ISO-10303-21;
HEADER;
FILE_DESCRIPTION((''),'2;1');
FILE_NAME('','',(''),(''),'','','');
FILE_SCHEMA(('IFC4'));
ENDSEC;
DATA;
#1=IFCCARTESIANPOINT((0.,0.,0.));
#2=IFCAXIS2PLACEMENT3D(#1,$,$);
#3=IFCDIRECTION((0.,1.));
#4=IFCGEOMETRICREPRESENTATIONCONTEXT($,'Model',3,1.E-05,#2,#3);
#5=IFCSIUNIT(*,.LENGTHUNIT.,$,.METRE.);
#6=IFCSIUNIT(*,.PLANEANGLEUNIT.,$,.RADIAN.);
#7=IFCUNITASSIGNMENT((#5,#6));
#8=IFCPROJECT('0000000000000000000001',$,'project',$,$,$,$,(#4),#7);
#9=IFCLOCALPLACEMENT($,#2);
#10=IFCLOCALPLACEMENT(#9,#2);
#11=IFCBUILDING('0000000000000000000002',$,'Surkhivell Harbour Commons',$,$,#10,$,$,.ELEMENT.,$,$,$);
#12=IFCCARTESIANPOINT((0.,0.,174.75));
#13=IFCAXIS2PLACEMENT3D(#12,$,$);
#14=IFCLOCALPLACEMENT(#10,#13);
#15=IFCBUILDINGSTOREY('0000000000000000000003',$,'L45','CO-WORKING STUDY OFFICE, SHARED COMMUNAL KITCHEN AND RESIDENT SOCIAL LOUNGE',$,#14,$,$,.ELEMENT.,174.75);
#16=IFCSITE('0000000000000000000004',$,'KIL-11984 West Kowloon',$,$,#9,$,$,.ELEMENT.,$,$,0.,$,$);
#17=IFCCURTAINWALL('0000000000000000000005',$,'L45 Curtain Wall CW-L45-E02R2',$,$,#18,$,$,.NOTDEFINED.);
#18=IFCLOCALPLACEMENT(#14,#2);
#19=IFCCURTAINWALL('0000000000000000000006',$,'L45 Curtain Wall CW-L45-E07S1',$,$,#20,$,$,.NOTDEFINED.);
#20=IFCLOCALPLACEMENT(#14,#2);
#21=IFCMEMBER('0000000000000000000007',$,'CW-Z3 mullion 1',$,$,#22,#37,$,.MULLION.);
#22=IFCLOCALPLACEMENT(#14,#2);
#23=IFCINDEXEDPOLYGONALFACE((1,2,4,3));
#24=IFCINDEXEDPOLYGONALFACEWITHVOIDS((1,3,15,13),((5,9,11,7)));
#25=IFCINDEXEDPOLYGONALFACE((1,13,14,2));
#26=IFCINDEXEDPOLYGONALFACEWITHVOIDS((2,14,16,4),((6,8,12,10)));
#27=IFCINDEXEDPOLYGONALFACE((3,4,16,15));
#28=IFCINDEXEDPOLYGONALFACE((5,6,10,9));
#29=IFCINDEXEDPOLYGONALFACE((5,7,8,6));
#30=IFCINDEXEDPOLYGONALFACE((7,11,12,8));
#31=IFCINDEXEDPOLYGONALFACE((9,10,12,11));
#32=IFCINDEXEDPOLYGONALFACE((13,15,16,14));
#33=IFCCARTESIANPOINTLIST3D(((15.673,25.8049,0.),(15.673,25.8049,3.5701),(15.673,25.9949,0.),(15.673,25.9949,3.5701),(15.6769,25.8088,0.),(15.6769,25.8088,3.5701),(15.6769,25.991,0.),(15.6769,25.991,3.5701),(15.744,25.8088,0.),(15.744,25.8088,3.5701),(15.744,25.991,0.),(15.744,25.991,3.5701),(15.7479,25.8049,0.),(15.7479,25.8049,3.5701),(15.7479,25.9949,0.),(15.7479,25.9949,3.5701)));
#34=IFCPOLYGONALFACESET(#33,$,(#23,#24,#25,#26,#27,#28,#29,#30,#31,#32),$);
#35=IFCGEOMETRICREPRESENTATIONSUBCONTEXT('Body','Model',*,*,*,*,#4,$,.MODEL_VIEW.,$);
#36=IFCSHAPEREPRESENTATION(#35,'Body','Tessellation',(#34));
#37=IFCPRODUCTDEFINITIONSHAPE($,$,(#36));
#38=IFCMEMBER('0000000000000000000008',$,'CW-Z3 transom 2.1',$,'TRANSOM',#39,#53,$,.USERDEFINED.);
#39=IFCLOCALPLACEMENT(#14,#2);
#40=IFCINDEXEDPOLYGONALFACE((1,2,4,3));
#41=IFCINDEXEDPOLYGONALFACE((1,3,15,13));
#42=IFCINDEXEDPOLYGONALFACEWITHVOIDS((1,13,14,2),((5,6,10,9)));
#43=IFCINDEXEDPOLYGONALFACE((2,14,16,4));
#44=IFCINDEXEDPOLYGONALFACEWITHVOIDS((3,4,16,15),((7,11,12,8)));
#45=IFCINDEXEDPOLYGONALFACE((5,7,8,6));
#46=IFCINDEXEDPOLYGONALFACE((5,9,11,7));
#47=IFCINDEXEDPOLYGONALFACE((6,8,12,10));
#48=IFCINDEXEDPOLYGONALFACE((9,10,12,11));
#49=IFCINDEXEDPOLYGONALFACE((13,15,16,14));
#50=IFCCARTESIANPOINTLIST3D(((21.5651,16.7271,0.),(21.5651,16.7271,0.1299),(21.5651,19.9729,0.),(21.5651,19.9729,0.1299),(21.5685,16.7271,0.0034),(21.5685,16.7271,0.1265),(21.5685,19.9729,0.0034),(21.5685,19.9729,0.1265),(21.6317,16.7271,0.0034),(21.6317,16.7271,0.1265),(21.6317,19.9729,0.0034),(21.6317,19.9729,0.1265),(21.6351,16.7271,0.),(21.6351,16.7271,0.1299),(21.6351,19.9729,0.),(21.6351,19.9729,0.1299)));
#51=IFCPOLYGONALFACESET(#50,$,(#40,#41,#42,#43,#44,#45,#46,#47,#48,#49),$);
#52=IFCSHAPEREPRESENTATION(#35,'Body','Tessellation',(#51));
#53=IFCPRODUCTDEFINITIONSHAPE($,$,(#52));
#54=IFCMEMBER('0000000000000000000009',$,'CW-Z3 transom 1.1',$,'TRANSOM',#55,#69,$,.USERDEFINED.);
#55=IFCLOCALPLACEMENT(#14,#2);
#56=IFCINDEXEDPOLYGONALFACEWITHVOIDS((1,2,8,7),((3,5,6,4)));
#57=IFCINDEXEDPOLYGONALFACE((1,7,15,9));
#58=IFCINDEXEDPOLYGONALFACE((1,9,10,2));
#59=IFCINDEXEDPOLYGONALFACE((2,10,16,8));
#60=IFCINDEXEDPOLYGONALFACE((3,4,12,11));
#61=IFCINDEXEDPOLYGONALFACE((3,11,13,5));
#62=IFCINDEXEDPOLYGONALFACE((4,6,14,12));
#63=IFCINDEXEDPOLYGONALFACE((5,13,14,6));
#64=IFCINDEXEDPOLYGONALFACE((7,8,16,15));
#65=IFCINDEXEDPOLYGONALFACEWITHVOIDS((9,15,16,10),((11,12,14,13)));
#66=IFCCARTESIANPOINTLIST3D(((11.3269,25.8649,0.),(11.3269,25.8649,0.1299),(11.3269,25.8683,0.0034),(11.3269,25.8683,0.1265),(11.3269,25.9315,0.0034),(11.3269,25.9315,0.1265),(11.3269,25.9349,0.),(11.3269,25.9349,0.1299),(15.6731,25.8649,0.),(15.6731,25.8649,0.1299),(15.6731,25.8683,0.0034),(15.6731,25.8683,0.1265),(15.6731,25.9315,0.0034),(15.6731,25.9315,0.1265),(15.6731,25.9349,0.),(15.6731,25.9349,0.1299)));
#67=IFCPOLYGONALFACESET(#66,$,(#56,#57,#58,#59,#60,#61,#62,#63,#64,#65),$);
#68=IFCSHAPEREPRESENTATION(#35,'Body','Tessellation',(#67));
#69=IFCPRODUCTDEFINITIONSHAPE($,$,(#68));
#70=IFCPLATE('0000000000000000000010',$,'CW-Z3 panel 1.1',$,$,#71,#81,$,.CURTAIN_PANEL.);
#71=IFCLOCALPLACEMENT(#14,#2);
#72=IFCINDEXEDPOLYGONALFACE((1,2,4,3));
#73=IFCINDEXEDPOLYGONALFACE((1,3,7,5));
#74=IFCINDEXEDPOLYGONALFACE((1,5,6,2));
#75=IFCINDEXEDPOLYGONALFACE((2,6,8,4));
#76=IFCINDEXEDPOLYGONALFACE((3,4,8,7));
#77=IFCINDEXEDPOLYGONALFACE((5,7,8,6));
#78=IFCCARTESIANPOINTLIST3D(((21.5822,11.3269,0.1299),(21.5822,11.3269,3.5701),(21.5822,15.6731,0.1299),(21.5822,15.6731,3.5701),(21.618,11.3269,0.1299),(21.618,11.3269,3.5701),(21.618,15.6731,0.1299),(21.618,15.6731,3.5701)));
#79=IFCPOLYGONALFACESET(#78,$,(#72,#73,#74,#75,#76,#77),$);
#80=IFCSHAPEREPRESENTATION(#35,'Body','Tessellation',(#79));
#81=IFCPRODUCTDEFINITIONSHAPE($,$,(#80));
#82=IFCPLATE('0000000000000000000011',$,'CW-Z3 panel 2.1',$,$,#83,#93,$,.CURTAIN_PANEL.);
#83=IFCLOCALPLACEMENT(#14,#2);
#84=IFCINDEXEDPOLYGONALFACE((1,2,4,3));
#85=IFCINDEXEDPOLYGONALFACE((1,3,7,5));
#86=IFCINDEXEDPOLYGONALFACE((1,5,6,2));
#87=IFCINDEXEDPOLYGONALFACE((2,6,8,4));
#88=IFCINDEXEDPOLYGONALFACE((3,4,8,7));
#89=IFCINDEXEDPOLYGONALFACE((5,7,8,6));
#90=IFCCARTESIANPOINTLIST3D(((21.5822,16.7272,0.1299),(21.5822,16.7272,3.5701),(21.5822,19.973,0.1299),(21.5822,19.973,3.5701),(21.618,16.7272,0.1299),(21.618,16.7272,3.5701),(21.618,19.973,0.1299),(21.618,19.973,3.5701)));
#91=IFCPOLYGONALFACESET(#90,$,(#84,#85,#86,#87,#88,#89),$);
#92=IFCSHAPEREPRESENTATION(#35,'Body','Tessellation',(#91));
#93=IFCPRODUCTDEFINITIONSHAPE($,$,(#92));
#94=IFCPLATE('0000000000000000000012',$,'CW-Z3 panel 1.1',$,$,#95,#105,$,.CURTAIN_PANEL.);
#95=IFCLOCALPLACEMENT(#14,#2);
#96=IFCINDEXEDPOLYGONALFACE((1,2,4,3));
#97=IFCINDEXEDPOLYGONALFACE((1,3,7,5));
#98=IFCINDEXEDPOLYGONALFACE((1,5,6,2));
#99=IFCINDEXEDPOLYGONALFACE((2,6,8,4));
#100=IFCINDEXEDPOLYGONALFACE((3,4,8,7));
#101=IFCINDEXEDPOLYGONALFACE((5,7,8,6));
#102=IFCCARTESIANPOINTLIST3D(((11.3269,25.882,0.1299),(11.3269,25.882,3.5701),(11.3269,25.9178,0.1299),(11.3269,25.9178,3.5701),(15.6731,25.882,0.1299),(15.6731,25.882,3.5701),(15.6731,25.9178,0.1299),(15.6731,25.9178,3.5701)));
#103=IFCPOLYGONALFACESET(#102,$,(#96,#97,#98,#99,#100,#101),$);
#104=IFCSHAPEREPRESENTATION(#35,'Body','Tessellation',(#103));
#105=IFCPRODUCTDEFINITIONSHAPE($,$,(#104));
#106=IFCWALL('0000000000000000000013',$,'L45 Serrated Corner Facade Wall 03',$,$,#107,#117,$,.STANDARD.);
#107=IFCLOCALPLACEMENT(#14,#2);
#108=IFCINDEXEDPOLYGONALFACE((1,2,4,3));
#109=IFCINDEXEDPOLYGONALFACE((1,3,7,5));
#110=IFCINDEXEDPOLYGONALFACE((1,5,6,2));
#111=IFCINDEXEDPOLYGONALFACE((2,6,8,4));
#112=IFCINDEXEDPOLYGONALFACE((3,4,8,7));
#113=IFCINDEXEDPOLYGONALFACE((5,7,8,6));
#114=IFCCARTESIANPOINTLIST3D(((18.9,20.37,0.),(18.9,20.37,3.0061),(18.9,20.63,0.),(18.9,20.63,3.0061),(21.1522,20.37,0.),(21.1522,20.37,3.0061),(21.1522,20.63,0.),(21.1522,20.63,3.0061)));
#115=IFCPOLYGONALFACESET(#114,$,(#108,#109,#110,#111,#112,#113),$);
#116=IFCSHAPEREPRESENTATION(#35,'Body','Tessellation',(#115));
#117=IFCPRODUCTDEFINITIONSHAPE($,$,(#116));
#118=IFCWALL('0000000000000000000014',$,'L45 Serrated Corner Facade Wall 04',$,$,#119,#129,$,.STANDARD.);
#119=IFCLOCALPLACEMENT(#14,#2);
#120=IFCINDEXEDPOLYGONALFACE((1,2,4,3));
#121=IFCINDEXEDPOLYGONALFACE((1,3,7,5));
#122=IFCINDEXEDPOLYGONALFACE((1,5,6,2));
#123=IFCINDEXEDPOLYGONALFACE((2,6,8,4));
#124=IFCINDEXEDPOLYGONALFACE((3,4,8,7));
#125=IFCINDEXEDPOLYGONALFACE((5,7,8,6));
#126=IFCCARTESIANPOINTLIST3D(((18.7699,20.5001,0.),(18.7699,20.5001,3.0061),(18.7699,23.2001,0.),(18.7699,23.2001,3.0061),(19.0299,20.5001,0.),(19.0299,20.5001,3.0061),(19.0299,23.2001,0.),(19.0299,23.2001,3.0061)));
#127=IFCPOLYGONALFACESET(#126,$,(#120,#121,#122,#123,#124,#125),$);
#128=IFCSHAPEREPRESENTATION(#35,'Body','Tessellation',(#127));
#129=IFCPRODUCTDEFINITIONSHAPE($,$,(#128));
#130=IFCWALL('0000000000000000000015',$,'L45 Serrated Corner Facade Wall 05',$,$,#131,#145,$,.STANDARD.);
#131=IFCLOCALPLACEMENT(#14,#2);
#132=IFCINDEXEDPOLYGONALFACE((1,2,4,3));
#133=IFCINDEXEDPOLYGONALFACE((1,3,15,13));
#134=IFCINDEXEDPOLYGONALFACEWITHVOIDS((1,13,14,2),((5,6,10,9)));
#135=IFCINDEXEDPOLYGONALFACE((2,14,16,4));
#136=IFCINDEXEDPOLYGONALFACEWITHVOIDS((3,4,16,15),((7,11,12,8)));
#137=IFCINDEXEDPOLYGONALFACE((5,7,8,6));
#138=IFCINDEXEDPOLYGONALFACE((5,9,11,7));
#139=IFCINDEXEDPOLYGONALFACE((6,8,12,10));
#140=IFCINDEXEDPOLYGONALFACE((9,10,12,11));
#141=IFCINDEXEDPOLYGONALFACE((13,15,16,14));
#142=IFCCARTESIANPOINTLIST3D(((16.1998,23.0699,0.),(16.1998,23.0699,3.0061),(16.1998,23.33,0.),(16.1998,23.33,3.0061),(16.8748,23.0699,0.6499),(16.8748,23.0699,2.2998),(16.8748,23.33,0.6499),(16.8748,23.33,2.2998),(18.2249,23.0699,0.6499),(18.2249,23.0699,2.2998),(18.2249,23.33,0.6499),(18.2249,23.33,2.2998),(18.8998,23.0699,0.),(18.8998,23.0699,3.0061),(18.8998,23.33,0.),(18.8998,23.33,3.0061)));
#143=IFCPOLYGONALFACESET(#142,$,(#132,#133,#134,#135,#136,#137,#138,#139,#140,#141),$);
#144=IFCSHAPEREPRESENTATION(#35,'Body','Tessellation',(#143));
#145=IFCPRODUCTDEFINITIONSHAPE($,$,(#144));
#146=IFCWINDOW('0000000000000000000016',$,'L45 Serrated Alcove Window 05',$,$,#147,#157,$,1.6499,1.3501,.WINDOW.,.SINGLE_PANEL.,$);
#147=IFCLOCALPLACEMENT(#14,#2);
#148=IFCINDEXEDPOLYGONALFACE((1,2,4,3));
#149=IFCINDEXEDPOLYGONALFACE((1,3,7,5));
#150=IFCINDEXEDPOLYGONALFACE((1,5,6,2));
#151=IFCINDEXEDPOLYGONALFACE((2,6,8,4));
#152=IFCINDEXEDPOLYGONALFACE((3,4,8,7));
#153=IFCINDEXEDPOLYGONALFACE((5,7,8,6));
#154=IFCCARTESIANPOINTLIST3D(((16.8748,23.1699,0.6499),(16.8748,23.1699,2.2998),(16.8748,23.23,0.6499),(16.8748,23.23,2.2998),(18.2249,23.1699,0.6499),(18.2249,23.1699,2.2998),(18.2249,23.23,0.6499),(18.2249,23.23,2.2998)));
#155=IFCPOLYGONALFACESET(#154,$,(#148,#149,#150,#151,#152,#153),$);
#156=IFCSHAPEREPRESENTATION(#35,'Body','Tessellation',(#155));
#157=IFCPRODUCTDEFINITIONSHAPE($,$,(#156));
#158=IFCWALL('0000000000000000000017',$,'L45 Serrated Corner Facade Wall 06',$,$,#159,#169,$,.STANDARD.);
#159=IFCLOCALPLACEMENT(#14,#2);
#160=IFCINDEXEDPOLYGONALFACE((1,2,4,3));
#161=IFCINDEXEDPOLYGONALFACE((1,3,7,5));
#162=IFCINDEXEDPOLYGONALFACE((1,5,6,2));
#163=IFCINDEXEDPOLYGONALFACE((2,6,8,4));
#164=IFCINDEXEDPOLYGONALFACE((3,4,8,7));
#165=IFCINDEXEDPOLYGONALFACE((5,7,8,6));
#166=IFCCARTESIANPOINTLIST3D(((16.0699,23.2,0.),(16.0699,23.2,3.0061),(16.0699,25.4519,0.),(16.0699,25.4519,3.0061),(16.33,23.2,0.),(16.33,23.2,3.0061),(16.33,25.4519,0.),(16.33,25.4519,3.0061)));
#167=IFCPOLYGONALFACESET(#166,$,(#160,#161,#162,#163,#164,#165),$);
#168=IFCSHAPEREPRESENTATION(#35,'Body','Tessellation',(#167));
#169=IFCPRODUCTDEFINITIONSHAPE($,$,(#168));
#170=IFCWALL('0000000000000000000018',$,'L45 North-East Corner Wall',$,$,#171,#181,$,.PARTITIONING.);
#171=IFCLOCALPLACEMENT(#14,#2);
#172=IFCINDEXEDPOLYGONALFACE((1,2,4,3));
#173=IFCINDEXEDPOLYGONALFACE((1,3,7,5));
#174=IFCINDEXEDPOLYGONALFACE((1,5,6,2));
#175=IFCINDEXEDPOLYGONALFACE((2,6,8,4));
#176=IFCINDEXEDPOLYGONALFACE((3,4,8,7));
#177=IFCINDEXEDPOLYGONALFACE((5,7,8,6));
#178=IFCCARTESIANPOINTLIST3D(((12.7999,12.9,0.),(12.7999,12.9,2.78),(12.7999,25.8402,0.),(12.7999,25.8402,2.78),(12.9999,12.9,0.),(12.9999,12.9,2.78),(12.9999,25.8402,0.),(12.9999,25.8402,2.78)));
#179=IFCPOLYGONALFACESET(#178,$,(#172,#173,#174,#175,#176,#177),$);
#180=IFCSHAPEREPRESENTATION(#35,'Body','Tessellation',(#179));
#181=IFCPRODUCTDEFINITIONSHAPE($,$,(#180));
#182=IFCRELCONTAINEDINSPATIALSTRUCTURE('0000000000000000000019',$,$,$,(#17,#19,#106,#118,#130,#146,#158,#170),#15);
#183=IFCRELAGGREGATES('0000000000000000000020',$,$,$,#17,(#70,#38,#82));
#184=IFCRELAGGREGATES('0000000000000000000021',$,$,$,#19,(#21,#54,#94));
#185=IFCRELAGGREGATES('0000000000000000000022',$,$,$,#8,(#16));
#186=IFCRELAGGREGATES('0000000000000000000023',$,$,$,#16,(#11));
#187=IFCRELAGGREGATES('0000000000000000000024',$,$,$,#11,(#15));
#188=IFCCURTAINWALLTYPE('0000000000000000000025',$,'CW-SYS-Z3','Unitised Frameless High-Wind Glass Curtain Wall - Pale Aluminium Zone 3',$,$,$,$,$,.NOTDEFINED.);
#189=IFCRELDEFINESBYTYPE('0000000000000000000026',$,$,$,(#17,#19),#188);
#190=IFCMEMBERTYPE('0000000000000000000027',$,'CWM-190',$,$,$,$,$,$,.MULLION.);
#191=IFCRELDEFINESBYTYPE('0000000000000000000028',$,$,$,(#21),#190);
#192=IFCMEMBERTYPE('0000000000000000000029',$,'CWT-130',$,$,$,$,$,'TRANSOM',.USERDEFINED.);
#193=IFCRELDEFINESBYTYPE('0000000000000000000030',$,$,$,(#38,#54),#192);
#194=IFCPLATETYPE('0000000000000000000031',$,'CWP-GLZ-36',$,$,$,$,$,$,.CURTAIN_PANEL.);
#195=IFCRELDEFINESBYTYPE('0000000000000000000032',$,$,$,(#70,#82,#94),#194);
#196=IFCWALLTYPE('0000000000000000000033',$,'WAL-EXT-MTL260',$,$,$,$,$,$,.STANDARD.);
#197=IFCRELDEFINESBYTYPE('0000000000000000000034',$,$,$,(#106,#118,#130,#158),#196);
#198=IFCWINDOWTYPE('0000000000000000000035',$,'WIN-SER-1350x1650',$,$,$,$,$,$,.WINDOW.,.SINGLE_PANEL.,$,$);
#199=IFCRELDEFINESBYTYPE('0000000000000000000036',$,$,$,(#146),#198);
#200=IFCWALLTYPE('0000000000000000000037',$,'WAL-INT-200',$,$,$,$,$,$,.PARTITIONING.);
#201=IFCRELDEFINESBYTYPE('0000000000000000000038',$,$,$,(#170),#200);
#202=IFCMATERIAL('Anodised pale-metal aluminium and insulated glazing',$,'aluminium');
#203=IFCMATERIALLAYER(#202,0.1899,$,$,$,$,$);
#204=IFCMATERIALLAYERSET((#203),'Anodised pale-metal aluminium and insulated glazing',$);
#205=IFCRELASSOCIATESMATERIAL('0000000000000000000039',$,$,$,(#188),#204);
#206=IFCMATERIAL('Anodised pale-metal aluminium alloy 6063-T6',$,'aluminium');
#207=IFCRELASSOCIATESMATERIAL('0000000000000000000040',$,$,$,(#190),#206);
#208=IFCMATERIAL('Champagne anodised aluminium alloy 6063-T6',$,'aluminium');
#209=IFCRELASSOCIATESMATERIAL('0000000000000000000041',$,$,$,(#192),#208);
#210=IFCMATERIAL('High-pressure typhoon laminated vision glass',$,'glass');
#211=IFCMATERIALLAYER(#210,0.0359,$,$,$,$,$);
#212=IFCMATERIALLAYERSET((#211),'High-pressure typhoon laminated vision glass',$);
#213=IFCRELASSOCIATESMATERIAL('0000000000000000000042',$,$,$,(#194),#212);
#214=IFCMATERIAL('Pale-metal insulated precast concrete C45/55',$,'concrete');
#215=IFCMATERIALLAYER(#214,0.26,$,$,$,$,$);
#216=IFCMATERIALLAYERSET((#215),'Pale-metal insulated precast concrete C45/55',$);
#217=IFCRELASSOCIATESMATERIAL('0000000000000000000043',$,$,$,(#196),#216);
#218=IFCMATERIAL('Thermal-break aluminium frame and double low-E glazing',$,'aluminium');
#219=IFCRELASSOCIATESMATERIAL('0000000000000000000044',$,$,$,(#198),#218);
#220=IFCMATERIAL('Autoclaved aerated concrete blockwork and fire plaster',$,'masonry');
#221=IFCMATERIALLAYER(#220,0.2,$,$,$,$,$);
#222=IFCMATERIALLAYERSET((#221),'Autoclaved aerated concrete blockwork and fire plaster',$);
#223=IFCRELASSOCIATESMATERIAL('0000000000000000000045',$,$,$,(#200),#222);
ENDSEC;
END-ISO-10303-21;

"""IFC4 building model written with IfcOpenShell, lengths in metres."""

from ifc_helpers import new_model, si_unit, direction, frame, frame_2d, origin, origin_2d, place, context, subcontext, project, spatial, rectangle, hollow_rectangle, extrude, material, layer, layer_set, material_profile, profile_set, type_object, element, fill, aggregate, save


model = new_model("IFC4")

# Units and contexts
model_context = context("Model", 3, precision=1e-05, world=origin(), true_north=direction((0.0, 1.0)))
body_context = subcontext(model_context, "Body", "Model", "MODEL_VIEW")
ifc_project = project(units=[si_unit("LENGTHUNIT", "METRE"), si_unit("PLANEANGLEUNIT", "RADIAN")], contexts=[model_context])

# Site, building, storey
site_placement = place(None, origin())
site = spatial("IfcSite", under=ifc_project, at=site_placement, Name="KIL-11984 West Kowloon", CompositionType="ELEMENT", RefElevation=0.0)
building_placement = place(site_placement, origin())
building = spatial("IfcBuilding", under=site, at=building_placement, Name="Surkhivell Harbour Commons", CompositionType="ELEMENT")
storey_placement = place(building_placement, frame((0.0, 0.0, 174.75)))
storey = spatial("IfcBuildingStorey", under=building, at=storey_placement, Name="L45", Description="CO-WORKING STUDY OFFICE, SHARED COMMUNAL KITCHEN AND RESIDENT SOCIAL LOUNGE", CompositionType="ELEMENT", Elevation=174.75)

# Curtain wall
ifc_material_1 = material(Name="Anodised pale-metal aluminium and insulated glazing", Category="aluminium")
ifc_layer_1 = layer(ifc_material_1, 0.1899)
ifc_layer_set_1 = layer_set([ifc_layer_1], Name="Anodised pale-metal aluminium and insulated glazing")
curtain_wall_type = type_object("IfcCurtainWallType", Name="CW-SYS-Z3", Description="Unitised Frameless High-Wind Glass Curtain Wall - Pale Aluminium Zone 3", PredefinedType="NOTDEFINED", material=ifc_layer_set_1)
curtain_wall_1_placement = place(storey_placement, origin())
curtain_wall_1 = element("IfcCurtainWall", 1, at=curtain_wall_1_placement, inside=storey, type_object=curtain_wall_type, Name="L45 Curtain Wall CW-L45-E02R2", PredefinedType="NOTDEFINED")
ifc_material_2 = material(Name="Anodised pale-metal aluminium alloy 6063-T6", Category="aluminium")
ifc_material_profile_1 = material_profile(ifc_material_2, hollow_rectangle(XDim=0.075, YDim=0.1899, WallThickness=0.0039, at=origin_2d()), Name="ALU-MULL-75x190")
ifc_profile_set_1 = profile_set([ifc_material_profile_1], Name="Anodised pale-metal aluminium alloy 6063-T6")
member_type_1 = type_object("IfcMemberType", Name="CWM-190", PredefinedType="MULLION", material=ifc_profile_set_1)

# Curtain wall, member
curtain_wall_2_placement = place(storey_placement, origin())
curtain_wall_2 = element("IfcCurtainWall", 2, at=curtain_wall_2_placement, inside=storey, type_object=curtain_wall_type, Name="L45 Curtain Wall CW-L45-E07S1", PredefinedType="NOTDEFINED")
member_1_placement = place(storey_placement, frame((15.7104, 25.8999, 0.0), z_axis=(0.0, 0.0, 1.0), x_axis=(-1.0, 0.0, 0.0)))
member_1 = element("IfcMember", 3, at=member_1_placement, type_object=member_type_1, Name="CW-Z3 mullion 1", PredefinedType="MULLION", context=body_context, shape_type="SweptSolid", body=[
    extrude(hollow_rectangle(XDim=0.075, YDim=0.1899, WallThickness=0.0039, at=origin_2d()), origin(), (0.0, 0.0, 1.0), 3.5701),
])

# Members
ifc_material_3 = material(Name="Champagne anodised aluminium alloy 6063-T6", Category="aluminium")
ifc_material_profile_2 = material_profile(ifc_material_3, hollow_rectangle(XDim=0.0701, YDim=0.1299, WallThickness=0.0034, at=origin_2d()), Name="ALU-TRAN-70x130")
ifc_profile_set_2 = profile_set([ifc_material_profile_2], Name="Champagne anodised aluminium alloy 6063-T6")
member_type_2 = type_object("IfcMemberType", Name="CWT-130", ElementType="TRANSOM", PredefinedType="USERDEFINED", material=ifc_profile_set_2)
member_2_placement = place(storey_placement, frame((21.6001, 16.7271, 0.0649), z_axis=(0.0, 1.0, 0.0), x_axis=(-1.0, 0.0, 0.0)))
member_2 = element("IfcMember", 4, at=member_2_placement, type_object=member_type_2, Name="CW-Z3 transom 2.1", ObjectType="TRANSOM", PredefinedType="USERDEFINED", context=body_context, shape_type="SweptSolid", body=[
    extrude(hollow_rectangle(XDim=0.0701, YDim=0.1299, WallThickness=0.0034, at=origin_2d()), origin(), (0.0, 0.0, 1.0), 3.2458),
])
member_3_placement = place(storey_placement, frame((15.6731, 25.8999, 0.0649), z_axis=(-1.0, 0.0, 0.0), x_axis=(0.0, -1.0, 0.0)))
member_3 = element("IfcMember", 5, at=member_3_placement, type_object=member_type_2, Name="CW-Z3 transom 1.1", ObjectType="TRANSOM", PredefinedType="USERDEFINED", context=body_context, shape_type="SweptSolid", body=[
    extrude(hollow_rectangle(XDim=0.0701, YDim=0.1299, WallThickness=0.0034, at=origin_2d()), origin(), (0.0, 0.0, 1.0), 4.3462),
])

# Plates
ifc_material_4 = material(Name="High-pressure typhoon laminated vision glass", Category="glass")
ifc_layer_2 = layer(ifc_material_4, 0.0359)
ifc_layer_set_2 = layer_set([ifc_layer_2], Name="High-pressure typhoon laminated vision glass")
plate_type = type_object("IfcPlateType", Name="CWP-GLZ-36", PredefinedType="CURTAIN_PANEL", material=ifc_layer_set_2)
plate_1_placement = place(storey_placement, frame((21.6001, 11.3269, 0.1299), z_axis=(0.0, 0.0, 1.0), x_axis=(0.0, 1.0, 0.0)))
plate_1 = element("IfcPlate", 6, at=plate_1_placement, type_object=plate_type, Name="CW-Z3 panel 1.1", PredefinedType="CURTAIN_PANEL", context=body_context, shape_type="SweptSolid", body=[
    extrude(rectangle(XDim=4.3462, YDim=0.0359, at=frame_2d((2.1731, 0.0))), origin(), (0.0, 0.0, 1.0), 3.4402),
])
plate_2_placement = place(storey_placement, frame((21.6001, 16.7271, 0.1299), z_axis=(0.0, 0.0, 1.0), x_axis=(0.0, 1.0, 0.0)))
plate_2 = element("IfcPlate", 7, at=plate_2_placement, type_object=plate_type, Name="CW-Z3 panel 2.1", PredefinedType="CURTAIN_PANEL", context=body_context, shape_type="SweptSolid", body=[
    extrude(rectangle(XDim=3.2458, YDim=0.0359, at=frame_2d((1.623, 0.0))), origin(), (0.0, 0.0, 1.0), 3.4402),
])
aggregate(curtain_wall_1, [plate_1, member_2, plate_2])
plate_3_placement = place(storey_placement, frame((15.6731, 25.8999, 0.1299), z_axis=(0.0, 0.0, 1.0), x_axis=(-1.0, 0.0, 0.0)))
plate_3 = element("IfcPlate", 8, at=plate_3_placement, type_object=plate_type, Name="CW-Z3 panel 1.1", PredefinedType="CURTAIN_PANEL", context=body_context, shape_type="SweptSolid", body=[
    extrude(rectangle(XDim=4.3462, YDim=0.0359, at=frame_2d((2.1731, 0.0))), origin(), (0.0, 0.0, 1.0), 3.4402),
])
aggregate(curtain_wall_2, [member_1, member_3, plate_3])

# Walls
ifc_material_5 = material(Name="Pale-metal insulated precast concrete C45/55", Category="concrete")
ifc_layer_3 = layer(ifc_material_5, 0.26)
ifc_layer_set_3 = layer_set([ifc_layer_3], Name="Pale-metal insulated precast concrete C45/55")
wall_type_1 = type_object("IfcWallType", Name="WAL-EXT-MTL260", PredefinedType="STANDARD", material=ifc_layer_set_3)
wall_1_placement = place(storey_placement, frame((21.1521, 20.5, 0.0), z_axis=(0.0, 0.0, 1.0), x_axis=(-1.0, 0.0, 0.0)))
element("IfcWall", 9, at=wall_1_placement, inside=storey, type_object=wall_type_1, Name="L45 Serrated Corner Facade Wall 03", PredefinedType="STANDARD", context=body_context, shape_type="SweptSolid", body=[
    extrude(rectangle(XDim=2.2522, YDim=0.26, at=frame_2d((1.126, 0.0))), origin(), (0.0, 0.0, 1.0), 3.0061),
])
wall_2_placement = place(storey_placement, frame((18.8999, 20.5, 0.0), z_axis=(0.0, 0.0, 1.0), x_axis=(0.0, 1.0, 0.0)))
element("IfcWall", 10, at=wall_2_placement, inside=storey, type_object=wall_type_1, Name="L45 Serrated Corner Facade Wall 04", PredefinedType="STANDARD", context=body_context, shape_type="SweptSolid", body=[
    extrude(rectangle(XDim=2.7, YDim=0.26, at=frame_2d((1.3501, 0.0))), origin(), (0.0, 0.0, 1.0), 3.0061),
])

# Wall, opening, window
wall_3_placement = place(storey_placement, frame((18.8999, 23.2, 0.0), z_axis=(0.0, 0.0, 1.0), x_axis=(-1.0, 0.0, 0.0)))
wall_3 = element("IfcWall", 11, at=wall_3_placement, inside=storey, type_object=wall_type_1, Name="L45 Serrated Corner Facade Wall 05", PredefinedType="STANDARD", context=body_context, shape_type="SweptSolid", body=[
    extrude(rectangle(XDim=2.7, YDim=0.26, at=frame_2d((1.3501, 0.0))), origin(), (0.0, 0.0, 1.0), 3.0061),
])
opening_placement = place(wall_3_placement, frame((0.675, 0.0, 0.6499)))
opening = element("IfcOpeningElement", 12, at=opening_placement, cuts=wall_3, PredefinedType="OPENING", context=body_context, shape_type="SweptSolid", body=[
    extrude(rectangle(XDim=1.3501, YDim=1.6499, at=frame_2d((0.675, 0.825))), frame((0.0, 0.1399, 0.0), z_axis=(0.0, -1.0, 0.0), x_axis=(1.0, 0.0, 0.0)), (0.0, 0.0, 1.0), 0.28),
])
ifc_material_6 = material(Name="Thermal-break aluminium frame and double low-E glazing", Category="aluminium")
window_type = type_object("IfcWindowType", Name="WIN-SER-1350x1650", PartitioningType="SINGLE_PANEL", PredefinedType="WINDOW", material=ifc_material_6)
window_placement = place(opening_placement, origin())
window = element("IfcWindow", 13, at=window_placement, inside=storey, type_object=window_type, Name="L45 Serrated Alcove Window 05", OverallHeight=1.6499, OverallWidth=1.3501, PartitioningType="SINGLE_PANEL", PredefinedType="WINDOW", context=body_context, shape_type="SweptSolid", body=[
    extrude(rectangle(XDim=1.3501, YDim=1.6499, at=frame_2d((0.675, 0.825))), frame((0.0, 0.03, 0.0), z_axis=(0.0, -1.0, 0.0), x_axis=(1.0, 0.0, 0.0)), (0.0, 0.0, 1.0), 0.0601),
])
fill(opening, window)

# Walls
wall_4_placement = place(storey_placement, frame((16.2, 23.2, 0.0), z_axis=(0.0, 0.0, 1.0), x_axis=(0.0, 1.0, 0.0)))
element("IfcWall", 14, at=wall_4_placement, inside=storey, type_object=wall_type_1, Name="L45 Serrated Corner Facade Wall 06", PredefinedType="STANDARD", context=body_context, shape_type="SweptSolid", body=[
    extrude(rectangle(XDim=2.252, YDim=0.26, at=frame_2d((1.126, 0.0))), origin(), (0.0, 0.0, 1.0), 3.0061),
])
ifc_material_7 = material(Name="Autoclaved aerated concrete blockwork and fire plaster", Category="masonry")
ifc_layer_4 = layer(ifc_material_7, 0.2)
ifc_layer_set_4 = layer_set([ifc_layer_4], Name="Autoclaved aerated concrete blockwork and fire plaster")
wall_type_2 = type_object("IfcWallType", Name="WAL-INT-200", PredefinedType="PARTITIONING", material=ifc_layer_set_4)
wall_5_placement = place(storey_placement, frame((12.8999, 12.8999, 0.0), z_axis=(0.0, 0.0, 1.0), x_axis=(0.0, 1.0, 0.0)))
element("IfcWall", 15, at=wall_5_placement, inside=storey, type_object=wall_type_2, Name="L45 North-East Corner Wall", PredefinedType="PARTITIONING", context=body_context, shape_type="SweptSolid", body=[
    extrude(rectangle(XDim=12.9402, YDim=0.2, at=frame_2d((6.4702, 0.0))), origin(), (0.0, 0.0, 1.0), 2.78),
])

save(model, "model.ifc")
